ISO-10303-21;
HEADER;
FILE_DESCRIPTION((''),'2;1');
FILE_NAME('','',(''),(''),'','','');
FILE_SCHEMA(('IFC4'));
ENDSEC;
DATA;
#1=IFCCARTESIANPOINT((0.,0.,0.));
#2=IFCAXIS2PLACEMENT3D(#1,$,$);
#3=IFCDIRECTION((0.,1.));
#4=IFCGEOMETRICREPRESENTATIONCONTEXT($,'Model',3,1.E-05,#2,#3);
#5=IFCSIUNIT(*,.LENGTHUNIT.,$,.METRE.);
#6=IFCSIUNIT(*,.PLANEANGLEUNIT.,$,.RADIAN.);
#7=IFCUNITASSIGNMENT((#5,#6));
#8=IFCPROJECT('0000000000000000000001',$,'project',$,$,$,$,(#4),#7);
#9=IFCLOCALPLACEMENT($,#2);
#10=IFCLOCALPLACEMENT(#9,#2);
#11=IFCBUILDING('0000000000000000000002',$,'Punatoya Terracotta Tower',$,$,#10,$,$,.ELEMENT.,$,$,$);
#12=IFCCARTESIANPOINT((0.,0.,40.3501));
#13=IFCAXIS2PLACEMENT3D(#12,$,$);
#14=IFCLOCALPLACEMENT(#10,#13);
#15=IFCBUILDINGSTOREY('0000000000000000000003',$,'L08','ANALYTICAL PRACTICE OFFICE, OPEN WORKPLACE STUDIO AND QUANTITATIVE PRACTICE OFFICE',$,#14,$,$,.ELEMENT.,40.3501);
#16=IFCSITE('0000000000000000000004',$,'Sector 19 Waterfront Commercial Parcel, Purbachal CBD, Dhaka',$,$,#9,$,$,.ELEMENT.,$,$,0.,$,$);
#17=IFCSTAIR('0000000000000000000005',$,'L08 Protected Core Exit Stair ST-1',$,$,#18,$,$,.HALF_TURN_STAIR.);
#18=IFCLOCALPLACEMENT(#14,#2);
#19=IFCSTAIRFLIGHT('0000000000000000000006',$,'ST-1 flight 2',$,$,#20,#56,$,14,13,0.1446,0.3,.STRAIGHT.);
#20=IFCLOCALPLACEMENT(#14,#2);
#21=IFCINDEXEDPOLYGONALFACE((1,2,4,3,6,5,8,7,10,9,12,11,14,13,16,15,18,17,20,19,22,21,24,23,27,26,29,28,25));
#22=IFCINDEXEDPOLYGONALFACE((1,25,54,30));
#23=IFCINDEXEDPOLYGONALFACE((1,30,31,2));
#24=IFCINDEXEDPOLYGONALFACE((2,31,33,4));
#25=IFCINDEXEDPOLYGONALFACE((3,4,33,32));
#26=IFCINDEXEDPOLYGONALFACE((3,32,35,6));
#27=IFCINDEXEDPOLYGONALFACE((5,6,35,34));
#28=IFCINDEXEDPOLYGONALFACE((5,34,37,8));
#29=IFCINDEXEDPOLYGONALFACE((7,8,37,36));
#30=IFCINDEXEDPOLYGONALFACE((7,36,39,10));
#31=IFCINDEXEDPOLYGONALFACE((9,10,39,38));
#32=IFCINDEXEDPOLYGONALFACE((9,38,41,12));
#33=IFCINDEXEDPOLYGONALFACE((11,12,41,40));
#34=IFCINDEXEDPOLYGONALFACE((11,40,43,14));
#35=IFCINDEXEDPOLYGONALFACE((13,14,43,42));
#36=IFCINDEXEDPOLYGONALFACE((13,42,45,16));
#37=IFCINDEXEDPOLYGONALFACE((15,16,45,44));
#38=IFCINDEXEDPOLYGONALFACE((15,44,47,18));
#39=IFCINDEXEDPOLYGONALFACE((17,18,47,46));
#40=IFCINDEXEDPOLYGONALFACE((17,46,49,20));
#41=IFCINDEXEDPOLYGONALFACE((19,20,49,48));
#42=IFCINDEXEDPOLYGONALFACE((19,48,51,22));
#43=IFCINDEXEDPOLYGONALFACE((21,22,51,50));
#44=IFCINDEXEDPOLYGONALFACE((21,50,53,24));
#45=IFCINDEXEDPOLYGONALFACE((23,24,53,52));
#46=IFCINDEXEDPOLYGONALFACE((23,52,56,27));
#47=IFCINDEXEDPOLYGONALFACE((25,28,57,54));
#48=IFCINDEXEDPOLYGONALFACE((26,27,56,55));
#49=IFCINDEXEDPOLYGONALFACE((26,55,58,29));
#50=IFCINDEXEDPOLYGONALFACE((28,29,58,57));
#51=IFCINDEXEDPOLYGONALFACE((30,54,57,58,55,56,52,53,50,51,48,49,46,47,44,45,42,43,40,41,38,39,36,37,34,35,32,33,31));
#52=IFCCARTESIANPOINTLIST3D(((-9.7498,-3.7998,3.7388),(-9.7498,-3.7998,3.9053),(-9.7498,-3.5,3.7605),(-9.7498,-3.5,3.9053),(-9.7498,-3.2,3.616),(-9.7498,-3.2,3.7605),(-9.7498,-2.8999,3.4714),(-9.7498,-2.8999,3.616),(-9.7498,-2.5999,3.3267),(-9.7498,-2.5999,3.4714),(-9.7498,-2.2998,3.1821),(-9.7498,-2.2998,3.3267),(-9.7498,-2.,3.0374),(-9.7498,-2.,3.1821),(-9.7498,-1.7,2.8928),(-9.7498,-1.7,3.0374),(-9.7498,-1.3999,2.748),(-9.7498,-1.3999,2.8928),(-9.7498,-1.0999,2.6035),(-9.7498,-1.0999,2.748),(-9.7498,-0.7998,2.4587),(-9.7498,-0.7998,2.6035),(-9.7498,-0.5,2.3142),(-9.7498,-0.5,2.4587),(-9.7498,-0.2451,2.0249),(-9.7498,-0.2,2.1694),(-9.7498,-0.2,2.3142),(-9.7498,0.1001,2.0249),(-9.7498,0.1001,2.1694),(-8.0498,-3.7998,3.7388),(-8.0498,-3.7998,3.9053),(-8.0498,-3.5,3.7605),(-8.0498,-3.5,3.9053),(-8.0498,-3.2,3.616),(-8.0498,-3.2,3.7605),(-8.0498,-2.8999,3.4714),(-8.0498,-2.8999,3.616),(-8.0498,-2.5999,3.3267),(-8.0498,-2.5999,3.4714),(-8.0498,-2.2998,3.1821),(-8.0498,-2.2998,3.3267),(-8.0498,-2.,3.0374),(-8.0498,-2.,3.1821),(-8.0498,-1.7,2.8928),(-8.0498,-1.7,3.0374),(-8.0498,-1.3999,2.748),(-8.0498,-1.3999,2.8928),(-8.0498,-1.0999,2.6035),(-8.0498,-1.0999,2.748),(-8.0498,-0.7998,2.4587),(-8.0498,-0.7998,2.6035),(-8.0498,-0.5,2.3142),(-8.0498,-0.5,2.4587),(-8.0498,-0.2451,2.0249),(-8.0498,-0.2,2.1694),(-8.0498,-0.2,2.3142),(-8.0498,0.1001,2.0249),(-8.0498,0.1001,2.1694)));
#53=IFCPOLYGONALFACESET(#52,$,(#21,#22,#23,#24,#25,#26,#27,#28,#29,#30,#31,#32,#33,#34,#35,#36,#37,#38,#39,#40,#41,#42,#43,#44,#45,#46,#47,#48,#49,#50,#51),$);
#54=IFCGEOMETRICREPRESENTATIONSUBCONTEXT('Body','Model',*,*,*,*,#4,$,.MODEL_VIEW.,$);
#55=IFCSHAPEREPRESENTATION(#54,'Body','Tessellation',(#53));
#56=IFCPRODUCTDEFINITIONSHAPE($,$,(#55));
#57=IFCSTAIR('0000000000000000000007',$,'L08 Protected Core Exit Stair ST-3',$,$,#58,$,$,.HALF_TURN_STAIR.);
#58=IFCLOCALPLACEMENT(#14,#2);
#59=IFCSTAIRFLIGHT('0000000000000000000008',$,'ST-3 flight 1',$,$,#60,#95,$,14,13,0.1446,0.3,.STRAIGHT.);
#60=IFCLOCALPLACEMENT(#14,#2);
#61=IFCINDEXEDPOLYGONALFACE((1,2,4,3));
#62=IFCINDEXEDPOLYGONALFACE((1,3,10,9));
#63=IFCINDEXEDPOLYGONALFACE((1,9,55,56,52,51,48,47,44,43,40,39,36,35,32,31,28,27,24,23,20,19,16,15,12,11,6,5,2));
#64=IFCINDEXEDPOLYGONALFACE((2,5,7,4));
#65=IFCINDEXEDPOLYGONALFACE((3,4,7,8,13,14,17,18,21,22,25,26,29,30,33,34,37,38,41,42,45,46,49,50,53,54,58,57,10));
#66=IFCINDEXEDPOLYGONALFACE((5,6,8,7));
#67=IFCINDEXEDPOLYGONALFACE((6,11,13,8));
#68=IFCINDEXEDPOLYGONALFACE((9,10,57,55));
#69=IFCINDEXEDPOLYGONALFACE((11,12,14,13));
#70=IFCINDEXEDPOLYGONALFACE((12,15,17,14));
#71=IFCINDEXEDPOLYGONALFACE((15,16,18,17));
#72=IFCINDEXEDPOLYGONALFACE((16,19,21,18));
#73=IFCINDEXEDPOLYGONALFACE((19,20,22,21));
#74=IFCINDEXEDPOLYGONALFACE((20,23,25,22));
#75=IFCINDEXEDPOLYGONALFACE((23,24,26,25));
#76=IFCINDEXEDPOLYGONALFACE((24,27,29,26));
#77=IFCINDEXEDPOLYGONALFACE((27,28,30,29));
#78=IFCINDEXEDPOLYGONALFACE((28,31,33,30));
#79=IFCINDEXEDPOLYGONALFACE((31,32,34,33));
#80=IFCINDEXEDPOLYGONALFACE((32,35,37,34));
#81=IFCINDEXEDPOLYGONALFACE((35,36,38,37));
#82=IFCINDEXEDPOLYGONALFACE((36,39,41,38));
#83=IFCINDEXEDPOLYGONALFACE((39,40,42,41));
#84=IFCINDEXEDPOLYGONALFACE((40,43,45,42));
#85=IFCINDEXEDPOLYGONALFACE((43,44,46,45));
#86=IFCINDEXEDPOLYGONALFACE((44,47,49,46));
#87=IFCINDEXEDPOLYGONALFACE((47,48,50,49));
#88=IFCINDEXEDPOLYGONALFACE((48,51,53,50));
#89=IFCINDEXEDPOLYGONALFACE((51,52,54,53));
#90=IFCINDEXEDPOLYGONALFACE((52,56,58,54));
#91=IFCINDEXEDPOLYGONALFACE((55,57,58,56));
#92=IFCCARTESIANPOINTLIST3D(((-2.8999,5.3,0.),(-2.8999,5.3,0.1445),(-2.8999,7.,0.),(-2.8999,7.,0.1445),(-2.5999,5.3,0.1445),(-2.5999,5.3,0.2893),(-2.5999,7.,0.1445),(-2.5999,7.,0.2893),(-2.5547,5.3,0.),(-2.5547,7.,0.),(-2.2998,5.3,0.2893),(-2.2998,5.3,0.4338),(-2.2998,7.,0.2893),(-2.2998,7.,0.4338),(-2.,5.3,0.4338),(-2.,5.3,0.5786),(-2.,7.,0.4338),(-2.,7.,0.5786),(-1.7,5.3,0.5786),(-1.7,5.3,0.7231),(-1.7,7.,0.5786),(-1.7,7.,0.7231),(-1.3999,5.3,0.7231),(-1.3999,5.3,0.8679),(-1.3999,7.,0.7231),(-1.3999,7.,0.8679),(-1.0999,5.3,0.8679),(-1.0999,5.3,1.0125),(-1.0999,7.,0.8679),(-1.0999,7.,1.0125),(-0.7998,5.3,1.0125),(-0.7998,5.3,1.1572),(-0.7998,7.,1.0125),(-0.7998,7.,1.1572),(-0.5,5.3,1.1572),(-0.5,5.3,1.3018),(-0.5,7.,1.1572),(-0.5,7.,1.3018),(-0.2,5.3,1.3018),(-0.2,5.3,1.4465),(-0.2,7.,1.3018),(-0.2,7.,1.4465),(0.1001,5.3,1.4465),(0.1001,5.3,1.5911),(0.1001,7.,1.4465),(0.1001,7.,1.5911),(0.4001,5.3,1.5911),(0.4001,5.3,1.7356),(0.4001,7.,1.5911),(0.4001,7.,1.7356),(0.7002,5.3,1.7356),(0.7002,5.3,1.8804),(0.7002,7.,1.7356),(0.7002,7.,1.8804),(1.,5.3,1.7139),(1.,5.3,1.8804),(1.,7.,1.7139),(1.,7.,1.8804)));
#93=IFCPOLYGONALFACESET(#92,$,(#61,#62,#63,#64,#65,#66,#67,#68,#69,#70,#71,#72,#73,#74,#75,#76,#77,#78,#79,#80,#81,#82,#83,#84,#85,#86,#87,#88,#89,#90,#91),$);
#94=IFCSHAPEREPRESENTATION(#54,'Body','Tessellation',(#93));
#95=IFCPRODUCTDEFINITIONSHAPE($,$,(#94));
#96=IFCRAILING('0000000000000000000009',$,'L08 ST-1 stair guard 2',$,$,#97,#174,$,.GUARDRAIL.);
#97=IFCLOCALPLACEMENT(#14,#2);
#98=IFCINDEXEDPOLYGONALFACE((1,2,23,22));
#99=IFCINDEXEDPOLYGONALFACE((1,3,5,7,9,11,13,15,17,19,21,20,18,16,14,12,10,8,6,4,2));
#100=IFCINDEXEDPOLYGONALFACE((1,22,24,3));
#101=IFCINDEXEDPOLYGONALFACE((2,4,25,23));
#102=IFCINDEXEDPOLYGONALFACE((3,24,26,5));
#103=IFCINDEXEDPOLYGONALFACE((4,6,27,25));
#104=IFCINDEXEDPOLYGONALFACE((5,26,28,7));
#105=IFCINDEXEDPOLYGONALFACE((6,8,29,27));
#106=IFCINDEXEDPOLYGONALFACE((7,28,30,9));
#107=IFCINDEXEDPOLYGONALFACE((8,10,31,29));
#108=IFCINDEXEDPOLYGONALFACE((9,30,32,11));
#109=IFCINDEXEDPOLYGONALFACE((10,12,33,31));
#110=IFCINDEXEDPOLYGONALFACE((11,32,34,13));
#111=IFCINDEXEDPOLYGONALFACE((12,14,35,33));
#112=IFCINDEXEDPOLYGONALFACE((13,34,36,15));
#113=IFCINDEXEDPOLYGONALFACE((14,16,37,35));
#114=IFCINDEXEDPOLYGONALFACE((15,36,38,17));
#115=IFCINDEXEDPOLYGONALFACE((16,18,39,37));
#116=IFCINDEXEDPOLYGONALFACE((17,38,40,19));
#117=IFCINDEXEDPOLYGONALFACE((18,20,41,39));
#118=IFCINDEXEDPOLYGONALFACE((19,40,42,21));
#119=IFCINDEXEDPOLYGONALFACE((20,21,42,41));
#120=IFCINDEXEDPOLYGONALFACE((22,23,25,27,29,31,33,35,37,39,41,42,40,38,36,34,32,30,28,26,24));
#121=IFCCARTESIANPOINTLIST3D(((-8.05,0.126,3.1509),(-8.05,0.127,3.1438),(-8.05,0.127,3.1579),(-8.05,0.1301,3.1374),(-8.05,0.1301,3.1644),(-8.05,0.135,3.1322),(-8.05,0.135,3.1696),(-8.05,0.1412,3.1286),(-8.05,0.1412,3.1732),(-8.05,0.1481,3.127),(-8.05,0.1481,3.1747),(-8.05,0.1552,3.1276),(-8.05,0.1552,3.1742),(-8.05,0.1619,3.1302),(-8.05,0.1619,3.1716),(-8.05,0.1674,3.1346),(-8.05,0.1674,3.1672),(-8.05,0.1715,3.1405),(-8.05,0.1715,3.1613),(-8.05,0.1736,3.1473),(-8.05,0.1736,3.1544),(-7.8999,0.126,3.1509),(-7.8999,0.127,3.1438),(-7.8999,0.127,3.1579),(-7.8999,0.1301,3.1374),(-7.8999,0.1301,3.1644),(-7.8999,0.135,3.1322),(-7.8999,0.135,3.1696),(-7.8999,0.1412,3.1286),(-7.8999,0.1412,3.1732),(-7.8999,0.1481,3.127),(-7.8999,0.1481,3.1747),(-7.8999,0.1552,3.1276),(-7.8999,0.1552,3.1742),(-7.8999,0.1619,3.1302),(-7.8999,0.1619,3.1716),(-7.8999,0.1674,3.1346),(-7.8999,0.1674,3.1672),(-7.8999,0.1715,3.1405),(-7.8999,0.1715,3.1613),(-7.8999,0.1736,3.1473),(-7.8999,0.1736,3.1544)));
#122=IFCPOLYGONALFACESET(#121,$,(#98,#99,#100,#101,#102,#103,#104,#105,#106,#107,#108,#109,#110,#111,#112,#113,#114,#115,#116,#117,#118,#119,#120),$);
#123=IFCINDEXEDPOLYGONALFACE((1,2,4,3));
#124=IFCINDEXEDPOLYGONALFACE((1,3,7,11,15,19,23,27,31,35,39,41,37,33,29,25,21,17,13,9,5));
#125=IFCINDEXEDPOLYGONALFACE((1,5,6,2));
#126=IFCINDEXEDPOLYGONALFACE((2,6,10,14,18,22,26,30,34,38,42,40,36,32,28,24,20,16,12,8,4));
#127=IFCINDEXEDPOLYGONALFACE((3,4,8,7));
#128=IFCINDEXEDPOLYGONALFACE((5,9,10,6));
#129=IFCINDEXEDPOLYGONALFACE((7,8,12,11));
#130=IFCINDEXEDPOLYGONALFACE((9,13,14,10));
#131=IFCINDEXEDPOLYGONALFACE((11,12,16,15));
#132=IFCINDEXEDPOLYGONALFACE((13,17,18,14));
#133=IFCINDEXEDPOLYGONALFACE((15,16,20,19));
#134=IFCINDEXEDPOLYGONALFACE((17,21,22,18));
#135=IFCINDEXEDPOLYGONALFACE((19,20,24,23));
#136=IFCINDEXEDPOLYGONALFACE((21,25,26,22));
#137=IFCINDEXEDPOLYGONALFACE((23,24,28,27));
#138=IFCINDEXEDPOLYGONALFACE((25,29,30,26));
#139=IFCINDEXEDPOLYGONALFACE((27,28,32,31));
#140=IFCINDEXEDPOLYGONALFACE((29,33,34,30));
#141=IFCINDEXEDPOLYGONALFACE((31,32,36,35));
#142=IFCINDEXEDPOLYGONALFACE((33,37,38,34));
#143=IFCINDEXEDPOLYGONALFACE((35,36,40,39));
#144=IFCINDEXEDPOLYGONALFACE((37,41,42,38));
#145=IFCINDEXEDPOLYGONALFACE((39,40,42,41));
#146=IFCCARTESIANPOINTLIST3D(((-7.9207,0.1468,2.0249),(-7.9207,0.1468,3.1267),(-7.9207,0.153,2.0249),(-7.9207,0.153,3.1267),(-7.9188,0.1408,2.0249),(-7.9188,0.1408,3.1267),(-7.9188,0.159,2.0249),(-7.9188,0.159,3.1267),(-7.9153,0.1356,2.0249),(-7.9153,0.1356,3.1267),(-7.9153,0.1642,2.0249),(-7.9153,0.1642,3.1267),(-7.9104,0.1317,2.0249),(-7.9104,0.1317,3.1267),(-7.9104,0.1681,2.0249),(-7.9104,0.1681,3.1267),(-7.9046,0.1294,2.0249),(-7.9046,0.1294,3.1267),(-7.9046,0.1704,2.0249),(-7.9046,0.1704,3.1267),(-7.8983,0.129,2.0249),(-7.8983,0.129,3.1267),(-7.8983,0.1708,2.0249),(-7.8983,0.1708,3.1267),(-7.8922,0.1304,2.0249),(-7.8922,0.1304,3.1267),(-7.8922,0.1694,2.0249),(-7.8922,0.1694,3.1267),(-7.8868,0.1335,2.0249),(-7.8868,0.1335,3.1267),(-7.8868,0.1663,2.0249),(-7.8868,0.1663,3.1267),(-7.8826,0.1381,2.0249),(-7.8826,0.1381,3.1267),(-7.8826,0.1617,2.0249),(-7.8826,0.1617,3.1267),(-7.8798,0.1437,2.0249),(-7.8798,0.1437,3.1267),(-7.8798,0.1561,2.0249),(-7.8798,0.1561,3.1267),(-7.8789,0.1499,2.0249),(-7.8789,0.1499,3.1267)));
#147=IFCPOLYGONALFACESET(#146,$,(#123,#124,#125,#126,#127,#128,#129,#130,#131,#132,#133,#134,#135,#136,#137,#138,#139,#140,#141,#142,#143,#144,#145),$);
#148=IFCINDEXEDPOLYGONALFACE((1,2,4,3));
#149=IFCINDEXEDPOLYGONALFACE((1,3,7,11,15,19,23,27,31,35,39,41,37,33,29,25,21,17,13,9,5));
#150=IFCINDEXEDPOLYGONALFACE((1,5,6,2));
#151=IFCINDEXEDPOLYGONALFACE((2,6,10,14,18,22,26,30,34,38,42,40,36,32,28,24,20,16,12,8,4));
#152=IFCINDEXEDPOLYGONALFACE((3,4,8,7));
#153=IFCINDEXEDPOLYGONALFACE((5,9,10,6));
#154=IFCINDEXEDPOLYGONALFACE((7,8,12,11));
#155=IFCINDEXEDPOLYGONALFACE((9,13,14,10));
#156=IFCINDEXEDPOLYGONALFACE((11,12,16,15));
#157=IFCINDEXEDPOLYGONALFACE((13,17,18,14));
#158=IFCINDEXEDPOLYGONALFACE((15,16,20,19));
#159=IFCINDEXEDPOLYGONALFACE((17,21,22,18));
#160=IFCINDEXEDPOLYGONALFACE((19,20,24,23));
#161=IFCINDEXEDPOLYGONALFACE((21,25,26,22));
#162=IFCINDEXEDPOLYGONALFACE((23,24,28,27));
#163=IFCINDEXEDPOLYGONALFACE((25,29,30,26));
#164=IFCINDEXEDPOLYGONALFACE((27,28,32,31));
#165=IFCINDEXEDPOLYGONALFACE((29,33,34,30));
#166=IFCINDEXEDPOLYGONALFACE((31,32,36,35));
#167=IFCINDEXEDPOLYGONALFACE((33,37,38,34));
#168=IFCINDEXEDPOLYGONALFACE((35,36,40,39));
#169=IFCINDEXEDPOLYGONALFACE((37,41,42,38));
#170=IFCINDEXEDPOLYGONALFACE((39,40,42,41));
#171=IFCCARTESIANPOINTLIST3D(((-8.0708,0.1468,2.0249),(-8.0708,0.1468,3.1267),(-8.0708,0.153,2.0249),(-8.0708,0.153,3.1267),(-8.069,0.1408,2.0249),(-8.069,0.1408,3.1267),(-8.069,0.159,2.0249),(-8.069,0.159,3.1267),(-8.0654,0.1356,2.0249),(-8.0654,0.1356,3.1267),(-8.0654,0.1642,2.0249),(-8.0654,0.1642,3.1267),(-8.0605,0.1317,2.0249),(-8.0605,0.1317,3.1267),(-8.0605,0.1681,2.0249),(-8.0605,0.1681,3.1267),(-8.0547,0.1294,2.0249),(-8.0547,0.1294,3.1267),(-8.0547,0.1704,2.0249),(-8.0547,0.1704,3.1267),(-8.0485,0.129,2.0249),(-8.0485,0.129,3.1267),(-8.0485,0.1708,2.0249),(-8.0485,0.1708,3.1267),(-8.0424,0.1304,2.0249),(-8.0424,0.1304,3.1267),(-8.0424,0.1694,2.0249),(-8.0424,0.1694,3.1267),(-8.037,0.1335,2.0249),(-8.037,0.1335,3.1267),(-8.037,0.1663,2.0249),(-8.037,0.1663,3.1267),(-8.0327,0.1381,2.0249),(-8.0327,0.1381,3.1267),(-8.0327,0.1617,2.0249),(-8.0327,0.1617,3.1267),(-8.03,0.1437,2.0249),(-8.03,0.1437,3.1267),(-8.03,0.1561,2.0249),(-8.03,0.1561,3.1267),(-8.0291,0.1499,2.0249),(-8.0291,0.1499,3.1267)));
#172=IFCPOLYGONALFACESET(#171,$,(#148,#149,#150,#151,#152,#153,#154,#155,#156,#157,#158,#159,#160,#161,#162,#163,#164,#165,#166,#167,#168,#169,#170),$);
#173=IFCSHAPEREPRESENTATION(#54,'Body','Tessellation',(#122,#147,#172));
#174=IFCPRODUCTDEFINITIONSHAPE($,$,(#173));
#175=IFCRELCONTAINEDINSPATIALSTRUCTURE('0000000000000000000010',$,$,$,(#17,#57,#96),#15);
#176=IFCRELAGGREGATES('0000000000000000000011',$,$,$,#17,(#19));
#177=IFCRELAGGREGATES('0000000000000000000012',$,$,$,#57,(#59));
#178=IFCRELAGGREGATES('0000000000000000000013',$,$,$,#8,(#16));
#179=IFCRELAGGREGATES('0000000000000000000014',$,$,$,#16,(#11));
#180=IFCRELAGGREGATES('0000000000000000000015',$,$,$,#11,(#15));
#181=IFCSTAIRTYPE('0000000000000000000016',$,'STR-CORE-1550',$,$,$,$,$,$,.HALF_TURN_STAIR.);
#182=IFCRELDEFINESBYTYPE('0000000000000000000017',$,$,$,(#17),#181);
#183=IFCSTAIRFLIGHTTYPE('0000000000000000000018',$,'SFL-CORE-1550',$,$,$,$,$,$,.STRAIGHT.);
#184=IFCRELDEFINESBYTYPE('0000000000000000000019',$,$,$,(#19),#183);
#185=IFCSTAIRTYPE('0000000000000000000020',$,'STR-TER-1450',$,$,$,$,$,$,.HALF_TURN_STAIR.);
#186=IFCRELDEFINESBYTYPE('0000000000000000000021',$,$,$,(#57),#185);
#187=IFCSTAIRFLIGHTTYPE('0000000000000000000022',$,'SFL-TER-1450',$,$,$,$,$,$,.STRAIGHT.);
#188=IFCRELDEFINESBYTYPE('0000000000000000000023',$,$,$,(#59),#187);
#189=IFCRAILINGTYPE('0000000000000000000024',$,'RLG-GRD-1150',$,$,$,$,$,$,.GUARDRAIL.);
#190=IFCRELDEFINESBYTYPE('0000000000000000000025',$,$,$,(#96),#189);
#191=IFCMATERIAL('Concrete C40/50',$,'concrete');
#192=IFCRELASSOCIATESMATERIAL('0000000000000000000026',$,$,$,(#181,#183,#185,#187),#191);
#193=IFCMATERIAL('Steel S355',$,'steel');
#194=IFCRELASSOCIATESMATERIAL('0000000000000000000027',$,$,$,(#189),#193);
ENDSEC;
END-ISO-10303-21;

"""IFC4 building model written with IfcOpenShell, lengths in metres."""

from ifc_helpers import new_model, si_unit, direction, frame, origin, origin_2d, place, context, subcontext, project, spatial, polyline, circle, outline, extrude, material, type_object, element, aggregate, save


model = new_model("IFC4")

# Units and contexts
model_context = context("Model", 3, precision=1e-05, world=origin(), true_north=direction((0.0, 1.0)))
body_context = subcontext(model_context, "Body", "Model", "MODEL_VIEW")
ifc_project = project(units=[si_unit("LENGTHUNIT", "METRE"), si_unit("PLANEANGLEUNIT", "RADIAN")], contexts=[model_context])

# Site, building, storey
site_placement = place(None, origin())
site = spatial("IfcSite", under=ifc_project, at=site_placement, Name="Sector 19 Waterfront Commercial Parcel, Purbachal CBD, Dhaka", CompositionType="ELEMENT", RefElevation=0.0)
building_placement = place(site_placement, origin())
building = spatial("IfcBuilding", under=site, at=building_placement, Name="Punatoya Terracotta Tower", CompositionType="ELEMENT")
storey_placement = place(building_placement, frame((0.0, 0.0, 40.3501)))
storey = spatial("IfcBuildingStorey", under=building, at=storey_placement, Name="L08", Description="ANALYTICAL PRACTICE OFFICE, OPEN WORKPLACE STUDIO AND QUANTITATIVE PRACTICE OFFICE", CompositionType="ELEMENT", Elevation=40.3501)

# Shared definitions
ifc_material_1 = material(Name="Steel S355", Category="steel")

# Shared definitions
ifc_material_2 = material(Name="Concrete C40/50", Category="concrete")

# Stairs, stair flights
stair_type_1 = type_object("IfcStairType", Name="STR-CORE-1550", PredefinedType="HALF_TURN_STAIR", material=ifc_material_2)
stair_1_placement = place(storey_placement, origin())
stair_1 = element("IfcStair", 1, at=stair_1_placement, inside=storey, type_object=stair_type_1, Name="L08 Protected Core Exit Stair ST-1", PredefinedType="HALF_TURN_STAIR")
stair_flight_type_1 = type_object("IfcStairFlightType", Name="SFL-CORE-1550", PredefinedType="STRAIGHT", material=ifc_material_2)
stair_flight_1_placement = place(storey_placement, frame((-8.8999, 0.1001, 2.0249), z_axis=(0.0, 0.0, 1.0), x_axis=(0.0, -1.0, 0.0)))
stair_flight_1 = element("IfcStairFlight", 2, at=stair_flight_1_placement, type_object=stair_flight_type_1, Name="ST-1 flight 2", NumberOfRisers=14, NumberOfTreads=13, PredefinedType="STRAIGHT", RiserHeight=0.1446, TreadLength=0.3, context=body_context, shape_type="SweptSolid", body=[
    extrude(outline(polyline([(0.0, 0.0), (0.0, 0.1445), (0.3, 0.1445), (0.3, 0.2893), (0.6001, 0.2893), (0.6001, 0.4338), (0.8999, 0.4338), (0.8999, 0.5786), (1.2, 0.5786), (1.2, 0.7231), (1.5, 0.7231), (1.5, 0.8679), (1.8, 0.8679), (1.8, 1.0125), (2.1001, 1.0125), (2.1001, 1.1572), (2.3999, 1.1572), (2.3999, 1.3018), (2.7, 1.3018), (2.7, 1.4465), (3.0, 1.4465), (3.0, 1.5911), (3.3, 1.5911), (3.3, 1.7356), (3.6001, 1.7356), (3.6001, 1.8804), (3.8999, 1.8804), (3.8999, 2.0249), (3.8999, 1.7139), (0.3452, 0.0), (0.0, 0.0)])), frame((0.0, 0.8501, 0.0), z_axis=(0.0, -1.0, 0.0), x_axis=(1.0, 0.0, 0.0)), (0.0, 0.0, 1.0), 1.7),
])
aggregate(stair_1, [stair_flight_1])
stair_type_2 = type_object("IfcStairType", Name="STR-TER-1450", PredefinedType="HALF_TURN_STAIR", material=ifc_material_2)
stair_2_placement = place(storey_placement, origin())
stair_2 = element("IfcStair", 3, at=stair_2_placement, inside=storey, type_object=stair_type_2, Name="L08 Protected Core Exit Stair ST-3", PredefinedType="HALF_TURN_STAIR")
stair_flight_type_2 = type_object("IfcStairFlightType", Name="SFL-TER-1450", PredefinedType="STRAIGHT", material=ifc_material_2)
stair_flight_2_placement = place(storey_placement, frame((-2.8999, 6.1499, 0.0), z_axis=(0.0, 0.0, 1.0), x_axis=(1.0, 0.0, 0.0)))
stair_flight_2 = element("IfcStairFlight", 4, at=stair_flight_2_placement, type_object=stair_flight_type_2, Name="ST-3 flight 1", NumberOfRisers=14, NumberOfTreads=13, PredefinedType="STRAIGHT", RiserHeight=0.1446, TreadLength=0.3, context=body_context, shape_type="SweptSolid", body=[
    extrude(outline(polyline([(0.0, 0.0), (0.0, 0.1445), (0.3, 0.1445), (0.3, 0.2893), (0.6001, 0.2893), (0.6001, 0.4338), (0.8999, 0.4338), (0.8999, 0.5786), (1.2, 0.5786), (1.2, 0.7231), (1.5, 0.7231), (1.5, 0.8679), (1.8, 0.8679), (1.8, 1.0125), (2.1001, 1.0125), (2.1001, 1.1572), (2.3999, 1.1572), (2.3999, 1.3018), (2.7, 1.3018), (2.7, 1.4465), (3.0, 1.4465), (3.0, 1.5911), (3.3, 1.5911), (3.3, 1.7356), (3.6001, 1.7356), (3.6001, 1.8804), (3.8999, 1.8804), (3.8999, 2.0249), (3.8999, 1.7139), (0.3452, 0.0), (0.0, 0.0)])), frame((0.0, 0.8501, 0.0), z_axis=(0.0, -1.0, 0.0), x_axis=(1.0, 0.0, 0.0)), (0.0, 0.0, 1.0), 1.7),
])
aggregate(stair_2, [stair_flight_2])

# Railing
railing_type_1 = type_object("IfcRailingType", Name="RLG-GRD-1150", PredefinedType="GUARDRAIL", material=ifc_material_1)
railing_1_placement = place(storey_placement, frame((-7.8999, 0.1499, 2.0249)))
element("IfcRailing", 5, at=railing_1_placement, inside=storey, type_object=railing_type_1, Name="L08 ST-1 stair guard 2", PredefinedType="GUARDRAIL", context=body_context, shape_type="SweptSolid", body=[
    extrude(circle(Radius=0.0239, at=origin_2d()), frame((0.0, 0.0, 1.126), z_axis=(-1.0, 0.0, 0.0), x_axis=(0.0, -1.0, 0.0)), (0.0, 0.0, 1.0), 0.1501),
    extrude(circle(Radius=0.021, at=origin_2d()), origin(), (0.0, 0.0, 1.0), 1.1018),
    extrude(circle(Radius=0.021, at=origin_2d()), frame((-0.1501, 0.0, 0.0)), (0.0, 0.0, 1.0), 1.1018),
])

save(model, "model.ifc")
